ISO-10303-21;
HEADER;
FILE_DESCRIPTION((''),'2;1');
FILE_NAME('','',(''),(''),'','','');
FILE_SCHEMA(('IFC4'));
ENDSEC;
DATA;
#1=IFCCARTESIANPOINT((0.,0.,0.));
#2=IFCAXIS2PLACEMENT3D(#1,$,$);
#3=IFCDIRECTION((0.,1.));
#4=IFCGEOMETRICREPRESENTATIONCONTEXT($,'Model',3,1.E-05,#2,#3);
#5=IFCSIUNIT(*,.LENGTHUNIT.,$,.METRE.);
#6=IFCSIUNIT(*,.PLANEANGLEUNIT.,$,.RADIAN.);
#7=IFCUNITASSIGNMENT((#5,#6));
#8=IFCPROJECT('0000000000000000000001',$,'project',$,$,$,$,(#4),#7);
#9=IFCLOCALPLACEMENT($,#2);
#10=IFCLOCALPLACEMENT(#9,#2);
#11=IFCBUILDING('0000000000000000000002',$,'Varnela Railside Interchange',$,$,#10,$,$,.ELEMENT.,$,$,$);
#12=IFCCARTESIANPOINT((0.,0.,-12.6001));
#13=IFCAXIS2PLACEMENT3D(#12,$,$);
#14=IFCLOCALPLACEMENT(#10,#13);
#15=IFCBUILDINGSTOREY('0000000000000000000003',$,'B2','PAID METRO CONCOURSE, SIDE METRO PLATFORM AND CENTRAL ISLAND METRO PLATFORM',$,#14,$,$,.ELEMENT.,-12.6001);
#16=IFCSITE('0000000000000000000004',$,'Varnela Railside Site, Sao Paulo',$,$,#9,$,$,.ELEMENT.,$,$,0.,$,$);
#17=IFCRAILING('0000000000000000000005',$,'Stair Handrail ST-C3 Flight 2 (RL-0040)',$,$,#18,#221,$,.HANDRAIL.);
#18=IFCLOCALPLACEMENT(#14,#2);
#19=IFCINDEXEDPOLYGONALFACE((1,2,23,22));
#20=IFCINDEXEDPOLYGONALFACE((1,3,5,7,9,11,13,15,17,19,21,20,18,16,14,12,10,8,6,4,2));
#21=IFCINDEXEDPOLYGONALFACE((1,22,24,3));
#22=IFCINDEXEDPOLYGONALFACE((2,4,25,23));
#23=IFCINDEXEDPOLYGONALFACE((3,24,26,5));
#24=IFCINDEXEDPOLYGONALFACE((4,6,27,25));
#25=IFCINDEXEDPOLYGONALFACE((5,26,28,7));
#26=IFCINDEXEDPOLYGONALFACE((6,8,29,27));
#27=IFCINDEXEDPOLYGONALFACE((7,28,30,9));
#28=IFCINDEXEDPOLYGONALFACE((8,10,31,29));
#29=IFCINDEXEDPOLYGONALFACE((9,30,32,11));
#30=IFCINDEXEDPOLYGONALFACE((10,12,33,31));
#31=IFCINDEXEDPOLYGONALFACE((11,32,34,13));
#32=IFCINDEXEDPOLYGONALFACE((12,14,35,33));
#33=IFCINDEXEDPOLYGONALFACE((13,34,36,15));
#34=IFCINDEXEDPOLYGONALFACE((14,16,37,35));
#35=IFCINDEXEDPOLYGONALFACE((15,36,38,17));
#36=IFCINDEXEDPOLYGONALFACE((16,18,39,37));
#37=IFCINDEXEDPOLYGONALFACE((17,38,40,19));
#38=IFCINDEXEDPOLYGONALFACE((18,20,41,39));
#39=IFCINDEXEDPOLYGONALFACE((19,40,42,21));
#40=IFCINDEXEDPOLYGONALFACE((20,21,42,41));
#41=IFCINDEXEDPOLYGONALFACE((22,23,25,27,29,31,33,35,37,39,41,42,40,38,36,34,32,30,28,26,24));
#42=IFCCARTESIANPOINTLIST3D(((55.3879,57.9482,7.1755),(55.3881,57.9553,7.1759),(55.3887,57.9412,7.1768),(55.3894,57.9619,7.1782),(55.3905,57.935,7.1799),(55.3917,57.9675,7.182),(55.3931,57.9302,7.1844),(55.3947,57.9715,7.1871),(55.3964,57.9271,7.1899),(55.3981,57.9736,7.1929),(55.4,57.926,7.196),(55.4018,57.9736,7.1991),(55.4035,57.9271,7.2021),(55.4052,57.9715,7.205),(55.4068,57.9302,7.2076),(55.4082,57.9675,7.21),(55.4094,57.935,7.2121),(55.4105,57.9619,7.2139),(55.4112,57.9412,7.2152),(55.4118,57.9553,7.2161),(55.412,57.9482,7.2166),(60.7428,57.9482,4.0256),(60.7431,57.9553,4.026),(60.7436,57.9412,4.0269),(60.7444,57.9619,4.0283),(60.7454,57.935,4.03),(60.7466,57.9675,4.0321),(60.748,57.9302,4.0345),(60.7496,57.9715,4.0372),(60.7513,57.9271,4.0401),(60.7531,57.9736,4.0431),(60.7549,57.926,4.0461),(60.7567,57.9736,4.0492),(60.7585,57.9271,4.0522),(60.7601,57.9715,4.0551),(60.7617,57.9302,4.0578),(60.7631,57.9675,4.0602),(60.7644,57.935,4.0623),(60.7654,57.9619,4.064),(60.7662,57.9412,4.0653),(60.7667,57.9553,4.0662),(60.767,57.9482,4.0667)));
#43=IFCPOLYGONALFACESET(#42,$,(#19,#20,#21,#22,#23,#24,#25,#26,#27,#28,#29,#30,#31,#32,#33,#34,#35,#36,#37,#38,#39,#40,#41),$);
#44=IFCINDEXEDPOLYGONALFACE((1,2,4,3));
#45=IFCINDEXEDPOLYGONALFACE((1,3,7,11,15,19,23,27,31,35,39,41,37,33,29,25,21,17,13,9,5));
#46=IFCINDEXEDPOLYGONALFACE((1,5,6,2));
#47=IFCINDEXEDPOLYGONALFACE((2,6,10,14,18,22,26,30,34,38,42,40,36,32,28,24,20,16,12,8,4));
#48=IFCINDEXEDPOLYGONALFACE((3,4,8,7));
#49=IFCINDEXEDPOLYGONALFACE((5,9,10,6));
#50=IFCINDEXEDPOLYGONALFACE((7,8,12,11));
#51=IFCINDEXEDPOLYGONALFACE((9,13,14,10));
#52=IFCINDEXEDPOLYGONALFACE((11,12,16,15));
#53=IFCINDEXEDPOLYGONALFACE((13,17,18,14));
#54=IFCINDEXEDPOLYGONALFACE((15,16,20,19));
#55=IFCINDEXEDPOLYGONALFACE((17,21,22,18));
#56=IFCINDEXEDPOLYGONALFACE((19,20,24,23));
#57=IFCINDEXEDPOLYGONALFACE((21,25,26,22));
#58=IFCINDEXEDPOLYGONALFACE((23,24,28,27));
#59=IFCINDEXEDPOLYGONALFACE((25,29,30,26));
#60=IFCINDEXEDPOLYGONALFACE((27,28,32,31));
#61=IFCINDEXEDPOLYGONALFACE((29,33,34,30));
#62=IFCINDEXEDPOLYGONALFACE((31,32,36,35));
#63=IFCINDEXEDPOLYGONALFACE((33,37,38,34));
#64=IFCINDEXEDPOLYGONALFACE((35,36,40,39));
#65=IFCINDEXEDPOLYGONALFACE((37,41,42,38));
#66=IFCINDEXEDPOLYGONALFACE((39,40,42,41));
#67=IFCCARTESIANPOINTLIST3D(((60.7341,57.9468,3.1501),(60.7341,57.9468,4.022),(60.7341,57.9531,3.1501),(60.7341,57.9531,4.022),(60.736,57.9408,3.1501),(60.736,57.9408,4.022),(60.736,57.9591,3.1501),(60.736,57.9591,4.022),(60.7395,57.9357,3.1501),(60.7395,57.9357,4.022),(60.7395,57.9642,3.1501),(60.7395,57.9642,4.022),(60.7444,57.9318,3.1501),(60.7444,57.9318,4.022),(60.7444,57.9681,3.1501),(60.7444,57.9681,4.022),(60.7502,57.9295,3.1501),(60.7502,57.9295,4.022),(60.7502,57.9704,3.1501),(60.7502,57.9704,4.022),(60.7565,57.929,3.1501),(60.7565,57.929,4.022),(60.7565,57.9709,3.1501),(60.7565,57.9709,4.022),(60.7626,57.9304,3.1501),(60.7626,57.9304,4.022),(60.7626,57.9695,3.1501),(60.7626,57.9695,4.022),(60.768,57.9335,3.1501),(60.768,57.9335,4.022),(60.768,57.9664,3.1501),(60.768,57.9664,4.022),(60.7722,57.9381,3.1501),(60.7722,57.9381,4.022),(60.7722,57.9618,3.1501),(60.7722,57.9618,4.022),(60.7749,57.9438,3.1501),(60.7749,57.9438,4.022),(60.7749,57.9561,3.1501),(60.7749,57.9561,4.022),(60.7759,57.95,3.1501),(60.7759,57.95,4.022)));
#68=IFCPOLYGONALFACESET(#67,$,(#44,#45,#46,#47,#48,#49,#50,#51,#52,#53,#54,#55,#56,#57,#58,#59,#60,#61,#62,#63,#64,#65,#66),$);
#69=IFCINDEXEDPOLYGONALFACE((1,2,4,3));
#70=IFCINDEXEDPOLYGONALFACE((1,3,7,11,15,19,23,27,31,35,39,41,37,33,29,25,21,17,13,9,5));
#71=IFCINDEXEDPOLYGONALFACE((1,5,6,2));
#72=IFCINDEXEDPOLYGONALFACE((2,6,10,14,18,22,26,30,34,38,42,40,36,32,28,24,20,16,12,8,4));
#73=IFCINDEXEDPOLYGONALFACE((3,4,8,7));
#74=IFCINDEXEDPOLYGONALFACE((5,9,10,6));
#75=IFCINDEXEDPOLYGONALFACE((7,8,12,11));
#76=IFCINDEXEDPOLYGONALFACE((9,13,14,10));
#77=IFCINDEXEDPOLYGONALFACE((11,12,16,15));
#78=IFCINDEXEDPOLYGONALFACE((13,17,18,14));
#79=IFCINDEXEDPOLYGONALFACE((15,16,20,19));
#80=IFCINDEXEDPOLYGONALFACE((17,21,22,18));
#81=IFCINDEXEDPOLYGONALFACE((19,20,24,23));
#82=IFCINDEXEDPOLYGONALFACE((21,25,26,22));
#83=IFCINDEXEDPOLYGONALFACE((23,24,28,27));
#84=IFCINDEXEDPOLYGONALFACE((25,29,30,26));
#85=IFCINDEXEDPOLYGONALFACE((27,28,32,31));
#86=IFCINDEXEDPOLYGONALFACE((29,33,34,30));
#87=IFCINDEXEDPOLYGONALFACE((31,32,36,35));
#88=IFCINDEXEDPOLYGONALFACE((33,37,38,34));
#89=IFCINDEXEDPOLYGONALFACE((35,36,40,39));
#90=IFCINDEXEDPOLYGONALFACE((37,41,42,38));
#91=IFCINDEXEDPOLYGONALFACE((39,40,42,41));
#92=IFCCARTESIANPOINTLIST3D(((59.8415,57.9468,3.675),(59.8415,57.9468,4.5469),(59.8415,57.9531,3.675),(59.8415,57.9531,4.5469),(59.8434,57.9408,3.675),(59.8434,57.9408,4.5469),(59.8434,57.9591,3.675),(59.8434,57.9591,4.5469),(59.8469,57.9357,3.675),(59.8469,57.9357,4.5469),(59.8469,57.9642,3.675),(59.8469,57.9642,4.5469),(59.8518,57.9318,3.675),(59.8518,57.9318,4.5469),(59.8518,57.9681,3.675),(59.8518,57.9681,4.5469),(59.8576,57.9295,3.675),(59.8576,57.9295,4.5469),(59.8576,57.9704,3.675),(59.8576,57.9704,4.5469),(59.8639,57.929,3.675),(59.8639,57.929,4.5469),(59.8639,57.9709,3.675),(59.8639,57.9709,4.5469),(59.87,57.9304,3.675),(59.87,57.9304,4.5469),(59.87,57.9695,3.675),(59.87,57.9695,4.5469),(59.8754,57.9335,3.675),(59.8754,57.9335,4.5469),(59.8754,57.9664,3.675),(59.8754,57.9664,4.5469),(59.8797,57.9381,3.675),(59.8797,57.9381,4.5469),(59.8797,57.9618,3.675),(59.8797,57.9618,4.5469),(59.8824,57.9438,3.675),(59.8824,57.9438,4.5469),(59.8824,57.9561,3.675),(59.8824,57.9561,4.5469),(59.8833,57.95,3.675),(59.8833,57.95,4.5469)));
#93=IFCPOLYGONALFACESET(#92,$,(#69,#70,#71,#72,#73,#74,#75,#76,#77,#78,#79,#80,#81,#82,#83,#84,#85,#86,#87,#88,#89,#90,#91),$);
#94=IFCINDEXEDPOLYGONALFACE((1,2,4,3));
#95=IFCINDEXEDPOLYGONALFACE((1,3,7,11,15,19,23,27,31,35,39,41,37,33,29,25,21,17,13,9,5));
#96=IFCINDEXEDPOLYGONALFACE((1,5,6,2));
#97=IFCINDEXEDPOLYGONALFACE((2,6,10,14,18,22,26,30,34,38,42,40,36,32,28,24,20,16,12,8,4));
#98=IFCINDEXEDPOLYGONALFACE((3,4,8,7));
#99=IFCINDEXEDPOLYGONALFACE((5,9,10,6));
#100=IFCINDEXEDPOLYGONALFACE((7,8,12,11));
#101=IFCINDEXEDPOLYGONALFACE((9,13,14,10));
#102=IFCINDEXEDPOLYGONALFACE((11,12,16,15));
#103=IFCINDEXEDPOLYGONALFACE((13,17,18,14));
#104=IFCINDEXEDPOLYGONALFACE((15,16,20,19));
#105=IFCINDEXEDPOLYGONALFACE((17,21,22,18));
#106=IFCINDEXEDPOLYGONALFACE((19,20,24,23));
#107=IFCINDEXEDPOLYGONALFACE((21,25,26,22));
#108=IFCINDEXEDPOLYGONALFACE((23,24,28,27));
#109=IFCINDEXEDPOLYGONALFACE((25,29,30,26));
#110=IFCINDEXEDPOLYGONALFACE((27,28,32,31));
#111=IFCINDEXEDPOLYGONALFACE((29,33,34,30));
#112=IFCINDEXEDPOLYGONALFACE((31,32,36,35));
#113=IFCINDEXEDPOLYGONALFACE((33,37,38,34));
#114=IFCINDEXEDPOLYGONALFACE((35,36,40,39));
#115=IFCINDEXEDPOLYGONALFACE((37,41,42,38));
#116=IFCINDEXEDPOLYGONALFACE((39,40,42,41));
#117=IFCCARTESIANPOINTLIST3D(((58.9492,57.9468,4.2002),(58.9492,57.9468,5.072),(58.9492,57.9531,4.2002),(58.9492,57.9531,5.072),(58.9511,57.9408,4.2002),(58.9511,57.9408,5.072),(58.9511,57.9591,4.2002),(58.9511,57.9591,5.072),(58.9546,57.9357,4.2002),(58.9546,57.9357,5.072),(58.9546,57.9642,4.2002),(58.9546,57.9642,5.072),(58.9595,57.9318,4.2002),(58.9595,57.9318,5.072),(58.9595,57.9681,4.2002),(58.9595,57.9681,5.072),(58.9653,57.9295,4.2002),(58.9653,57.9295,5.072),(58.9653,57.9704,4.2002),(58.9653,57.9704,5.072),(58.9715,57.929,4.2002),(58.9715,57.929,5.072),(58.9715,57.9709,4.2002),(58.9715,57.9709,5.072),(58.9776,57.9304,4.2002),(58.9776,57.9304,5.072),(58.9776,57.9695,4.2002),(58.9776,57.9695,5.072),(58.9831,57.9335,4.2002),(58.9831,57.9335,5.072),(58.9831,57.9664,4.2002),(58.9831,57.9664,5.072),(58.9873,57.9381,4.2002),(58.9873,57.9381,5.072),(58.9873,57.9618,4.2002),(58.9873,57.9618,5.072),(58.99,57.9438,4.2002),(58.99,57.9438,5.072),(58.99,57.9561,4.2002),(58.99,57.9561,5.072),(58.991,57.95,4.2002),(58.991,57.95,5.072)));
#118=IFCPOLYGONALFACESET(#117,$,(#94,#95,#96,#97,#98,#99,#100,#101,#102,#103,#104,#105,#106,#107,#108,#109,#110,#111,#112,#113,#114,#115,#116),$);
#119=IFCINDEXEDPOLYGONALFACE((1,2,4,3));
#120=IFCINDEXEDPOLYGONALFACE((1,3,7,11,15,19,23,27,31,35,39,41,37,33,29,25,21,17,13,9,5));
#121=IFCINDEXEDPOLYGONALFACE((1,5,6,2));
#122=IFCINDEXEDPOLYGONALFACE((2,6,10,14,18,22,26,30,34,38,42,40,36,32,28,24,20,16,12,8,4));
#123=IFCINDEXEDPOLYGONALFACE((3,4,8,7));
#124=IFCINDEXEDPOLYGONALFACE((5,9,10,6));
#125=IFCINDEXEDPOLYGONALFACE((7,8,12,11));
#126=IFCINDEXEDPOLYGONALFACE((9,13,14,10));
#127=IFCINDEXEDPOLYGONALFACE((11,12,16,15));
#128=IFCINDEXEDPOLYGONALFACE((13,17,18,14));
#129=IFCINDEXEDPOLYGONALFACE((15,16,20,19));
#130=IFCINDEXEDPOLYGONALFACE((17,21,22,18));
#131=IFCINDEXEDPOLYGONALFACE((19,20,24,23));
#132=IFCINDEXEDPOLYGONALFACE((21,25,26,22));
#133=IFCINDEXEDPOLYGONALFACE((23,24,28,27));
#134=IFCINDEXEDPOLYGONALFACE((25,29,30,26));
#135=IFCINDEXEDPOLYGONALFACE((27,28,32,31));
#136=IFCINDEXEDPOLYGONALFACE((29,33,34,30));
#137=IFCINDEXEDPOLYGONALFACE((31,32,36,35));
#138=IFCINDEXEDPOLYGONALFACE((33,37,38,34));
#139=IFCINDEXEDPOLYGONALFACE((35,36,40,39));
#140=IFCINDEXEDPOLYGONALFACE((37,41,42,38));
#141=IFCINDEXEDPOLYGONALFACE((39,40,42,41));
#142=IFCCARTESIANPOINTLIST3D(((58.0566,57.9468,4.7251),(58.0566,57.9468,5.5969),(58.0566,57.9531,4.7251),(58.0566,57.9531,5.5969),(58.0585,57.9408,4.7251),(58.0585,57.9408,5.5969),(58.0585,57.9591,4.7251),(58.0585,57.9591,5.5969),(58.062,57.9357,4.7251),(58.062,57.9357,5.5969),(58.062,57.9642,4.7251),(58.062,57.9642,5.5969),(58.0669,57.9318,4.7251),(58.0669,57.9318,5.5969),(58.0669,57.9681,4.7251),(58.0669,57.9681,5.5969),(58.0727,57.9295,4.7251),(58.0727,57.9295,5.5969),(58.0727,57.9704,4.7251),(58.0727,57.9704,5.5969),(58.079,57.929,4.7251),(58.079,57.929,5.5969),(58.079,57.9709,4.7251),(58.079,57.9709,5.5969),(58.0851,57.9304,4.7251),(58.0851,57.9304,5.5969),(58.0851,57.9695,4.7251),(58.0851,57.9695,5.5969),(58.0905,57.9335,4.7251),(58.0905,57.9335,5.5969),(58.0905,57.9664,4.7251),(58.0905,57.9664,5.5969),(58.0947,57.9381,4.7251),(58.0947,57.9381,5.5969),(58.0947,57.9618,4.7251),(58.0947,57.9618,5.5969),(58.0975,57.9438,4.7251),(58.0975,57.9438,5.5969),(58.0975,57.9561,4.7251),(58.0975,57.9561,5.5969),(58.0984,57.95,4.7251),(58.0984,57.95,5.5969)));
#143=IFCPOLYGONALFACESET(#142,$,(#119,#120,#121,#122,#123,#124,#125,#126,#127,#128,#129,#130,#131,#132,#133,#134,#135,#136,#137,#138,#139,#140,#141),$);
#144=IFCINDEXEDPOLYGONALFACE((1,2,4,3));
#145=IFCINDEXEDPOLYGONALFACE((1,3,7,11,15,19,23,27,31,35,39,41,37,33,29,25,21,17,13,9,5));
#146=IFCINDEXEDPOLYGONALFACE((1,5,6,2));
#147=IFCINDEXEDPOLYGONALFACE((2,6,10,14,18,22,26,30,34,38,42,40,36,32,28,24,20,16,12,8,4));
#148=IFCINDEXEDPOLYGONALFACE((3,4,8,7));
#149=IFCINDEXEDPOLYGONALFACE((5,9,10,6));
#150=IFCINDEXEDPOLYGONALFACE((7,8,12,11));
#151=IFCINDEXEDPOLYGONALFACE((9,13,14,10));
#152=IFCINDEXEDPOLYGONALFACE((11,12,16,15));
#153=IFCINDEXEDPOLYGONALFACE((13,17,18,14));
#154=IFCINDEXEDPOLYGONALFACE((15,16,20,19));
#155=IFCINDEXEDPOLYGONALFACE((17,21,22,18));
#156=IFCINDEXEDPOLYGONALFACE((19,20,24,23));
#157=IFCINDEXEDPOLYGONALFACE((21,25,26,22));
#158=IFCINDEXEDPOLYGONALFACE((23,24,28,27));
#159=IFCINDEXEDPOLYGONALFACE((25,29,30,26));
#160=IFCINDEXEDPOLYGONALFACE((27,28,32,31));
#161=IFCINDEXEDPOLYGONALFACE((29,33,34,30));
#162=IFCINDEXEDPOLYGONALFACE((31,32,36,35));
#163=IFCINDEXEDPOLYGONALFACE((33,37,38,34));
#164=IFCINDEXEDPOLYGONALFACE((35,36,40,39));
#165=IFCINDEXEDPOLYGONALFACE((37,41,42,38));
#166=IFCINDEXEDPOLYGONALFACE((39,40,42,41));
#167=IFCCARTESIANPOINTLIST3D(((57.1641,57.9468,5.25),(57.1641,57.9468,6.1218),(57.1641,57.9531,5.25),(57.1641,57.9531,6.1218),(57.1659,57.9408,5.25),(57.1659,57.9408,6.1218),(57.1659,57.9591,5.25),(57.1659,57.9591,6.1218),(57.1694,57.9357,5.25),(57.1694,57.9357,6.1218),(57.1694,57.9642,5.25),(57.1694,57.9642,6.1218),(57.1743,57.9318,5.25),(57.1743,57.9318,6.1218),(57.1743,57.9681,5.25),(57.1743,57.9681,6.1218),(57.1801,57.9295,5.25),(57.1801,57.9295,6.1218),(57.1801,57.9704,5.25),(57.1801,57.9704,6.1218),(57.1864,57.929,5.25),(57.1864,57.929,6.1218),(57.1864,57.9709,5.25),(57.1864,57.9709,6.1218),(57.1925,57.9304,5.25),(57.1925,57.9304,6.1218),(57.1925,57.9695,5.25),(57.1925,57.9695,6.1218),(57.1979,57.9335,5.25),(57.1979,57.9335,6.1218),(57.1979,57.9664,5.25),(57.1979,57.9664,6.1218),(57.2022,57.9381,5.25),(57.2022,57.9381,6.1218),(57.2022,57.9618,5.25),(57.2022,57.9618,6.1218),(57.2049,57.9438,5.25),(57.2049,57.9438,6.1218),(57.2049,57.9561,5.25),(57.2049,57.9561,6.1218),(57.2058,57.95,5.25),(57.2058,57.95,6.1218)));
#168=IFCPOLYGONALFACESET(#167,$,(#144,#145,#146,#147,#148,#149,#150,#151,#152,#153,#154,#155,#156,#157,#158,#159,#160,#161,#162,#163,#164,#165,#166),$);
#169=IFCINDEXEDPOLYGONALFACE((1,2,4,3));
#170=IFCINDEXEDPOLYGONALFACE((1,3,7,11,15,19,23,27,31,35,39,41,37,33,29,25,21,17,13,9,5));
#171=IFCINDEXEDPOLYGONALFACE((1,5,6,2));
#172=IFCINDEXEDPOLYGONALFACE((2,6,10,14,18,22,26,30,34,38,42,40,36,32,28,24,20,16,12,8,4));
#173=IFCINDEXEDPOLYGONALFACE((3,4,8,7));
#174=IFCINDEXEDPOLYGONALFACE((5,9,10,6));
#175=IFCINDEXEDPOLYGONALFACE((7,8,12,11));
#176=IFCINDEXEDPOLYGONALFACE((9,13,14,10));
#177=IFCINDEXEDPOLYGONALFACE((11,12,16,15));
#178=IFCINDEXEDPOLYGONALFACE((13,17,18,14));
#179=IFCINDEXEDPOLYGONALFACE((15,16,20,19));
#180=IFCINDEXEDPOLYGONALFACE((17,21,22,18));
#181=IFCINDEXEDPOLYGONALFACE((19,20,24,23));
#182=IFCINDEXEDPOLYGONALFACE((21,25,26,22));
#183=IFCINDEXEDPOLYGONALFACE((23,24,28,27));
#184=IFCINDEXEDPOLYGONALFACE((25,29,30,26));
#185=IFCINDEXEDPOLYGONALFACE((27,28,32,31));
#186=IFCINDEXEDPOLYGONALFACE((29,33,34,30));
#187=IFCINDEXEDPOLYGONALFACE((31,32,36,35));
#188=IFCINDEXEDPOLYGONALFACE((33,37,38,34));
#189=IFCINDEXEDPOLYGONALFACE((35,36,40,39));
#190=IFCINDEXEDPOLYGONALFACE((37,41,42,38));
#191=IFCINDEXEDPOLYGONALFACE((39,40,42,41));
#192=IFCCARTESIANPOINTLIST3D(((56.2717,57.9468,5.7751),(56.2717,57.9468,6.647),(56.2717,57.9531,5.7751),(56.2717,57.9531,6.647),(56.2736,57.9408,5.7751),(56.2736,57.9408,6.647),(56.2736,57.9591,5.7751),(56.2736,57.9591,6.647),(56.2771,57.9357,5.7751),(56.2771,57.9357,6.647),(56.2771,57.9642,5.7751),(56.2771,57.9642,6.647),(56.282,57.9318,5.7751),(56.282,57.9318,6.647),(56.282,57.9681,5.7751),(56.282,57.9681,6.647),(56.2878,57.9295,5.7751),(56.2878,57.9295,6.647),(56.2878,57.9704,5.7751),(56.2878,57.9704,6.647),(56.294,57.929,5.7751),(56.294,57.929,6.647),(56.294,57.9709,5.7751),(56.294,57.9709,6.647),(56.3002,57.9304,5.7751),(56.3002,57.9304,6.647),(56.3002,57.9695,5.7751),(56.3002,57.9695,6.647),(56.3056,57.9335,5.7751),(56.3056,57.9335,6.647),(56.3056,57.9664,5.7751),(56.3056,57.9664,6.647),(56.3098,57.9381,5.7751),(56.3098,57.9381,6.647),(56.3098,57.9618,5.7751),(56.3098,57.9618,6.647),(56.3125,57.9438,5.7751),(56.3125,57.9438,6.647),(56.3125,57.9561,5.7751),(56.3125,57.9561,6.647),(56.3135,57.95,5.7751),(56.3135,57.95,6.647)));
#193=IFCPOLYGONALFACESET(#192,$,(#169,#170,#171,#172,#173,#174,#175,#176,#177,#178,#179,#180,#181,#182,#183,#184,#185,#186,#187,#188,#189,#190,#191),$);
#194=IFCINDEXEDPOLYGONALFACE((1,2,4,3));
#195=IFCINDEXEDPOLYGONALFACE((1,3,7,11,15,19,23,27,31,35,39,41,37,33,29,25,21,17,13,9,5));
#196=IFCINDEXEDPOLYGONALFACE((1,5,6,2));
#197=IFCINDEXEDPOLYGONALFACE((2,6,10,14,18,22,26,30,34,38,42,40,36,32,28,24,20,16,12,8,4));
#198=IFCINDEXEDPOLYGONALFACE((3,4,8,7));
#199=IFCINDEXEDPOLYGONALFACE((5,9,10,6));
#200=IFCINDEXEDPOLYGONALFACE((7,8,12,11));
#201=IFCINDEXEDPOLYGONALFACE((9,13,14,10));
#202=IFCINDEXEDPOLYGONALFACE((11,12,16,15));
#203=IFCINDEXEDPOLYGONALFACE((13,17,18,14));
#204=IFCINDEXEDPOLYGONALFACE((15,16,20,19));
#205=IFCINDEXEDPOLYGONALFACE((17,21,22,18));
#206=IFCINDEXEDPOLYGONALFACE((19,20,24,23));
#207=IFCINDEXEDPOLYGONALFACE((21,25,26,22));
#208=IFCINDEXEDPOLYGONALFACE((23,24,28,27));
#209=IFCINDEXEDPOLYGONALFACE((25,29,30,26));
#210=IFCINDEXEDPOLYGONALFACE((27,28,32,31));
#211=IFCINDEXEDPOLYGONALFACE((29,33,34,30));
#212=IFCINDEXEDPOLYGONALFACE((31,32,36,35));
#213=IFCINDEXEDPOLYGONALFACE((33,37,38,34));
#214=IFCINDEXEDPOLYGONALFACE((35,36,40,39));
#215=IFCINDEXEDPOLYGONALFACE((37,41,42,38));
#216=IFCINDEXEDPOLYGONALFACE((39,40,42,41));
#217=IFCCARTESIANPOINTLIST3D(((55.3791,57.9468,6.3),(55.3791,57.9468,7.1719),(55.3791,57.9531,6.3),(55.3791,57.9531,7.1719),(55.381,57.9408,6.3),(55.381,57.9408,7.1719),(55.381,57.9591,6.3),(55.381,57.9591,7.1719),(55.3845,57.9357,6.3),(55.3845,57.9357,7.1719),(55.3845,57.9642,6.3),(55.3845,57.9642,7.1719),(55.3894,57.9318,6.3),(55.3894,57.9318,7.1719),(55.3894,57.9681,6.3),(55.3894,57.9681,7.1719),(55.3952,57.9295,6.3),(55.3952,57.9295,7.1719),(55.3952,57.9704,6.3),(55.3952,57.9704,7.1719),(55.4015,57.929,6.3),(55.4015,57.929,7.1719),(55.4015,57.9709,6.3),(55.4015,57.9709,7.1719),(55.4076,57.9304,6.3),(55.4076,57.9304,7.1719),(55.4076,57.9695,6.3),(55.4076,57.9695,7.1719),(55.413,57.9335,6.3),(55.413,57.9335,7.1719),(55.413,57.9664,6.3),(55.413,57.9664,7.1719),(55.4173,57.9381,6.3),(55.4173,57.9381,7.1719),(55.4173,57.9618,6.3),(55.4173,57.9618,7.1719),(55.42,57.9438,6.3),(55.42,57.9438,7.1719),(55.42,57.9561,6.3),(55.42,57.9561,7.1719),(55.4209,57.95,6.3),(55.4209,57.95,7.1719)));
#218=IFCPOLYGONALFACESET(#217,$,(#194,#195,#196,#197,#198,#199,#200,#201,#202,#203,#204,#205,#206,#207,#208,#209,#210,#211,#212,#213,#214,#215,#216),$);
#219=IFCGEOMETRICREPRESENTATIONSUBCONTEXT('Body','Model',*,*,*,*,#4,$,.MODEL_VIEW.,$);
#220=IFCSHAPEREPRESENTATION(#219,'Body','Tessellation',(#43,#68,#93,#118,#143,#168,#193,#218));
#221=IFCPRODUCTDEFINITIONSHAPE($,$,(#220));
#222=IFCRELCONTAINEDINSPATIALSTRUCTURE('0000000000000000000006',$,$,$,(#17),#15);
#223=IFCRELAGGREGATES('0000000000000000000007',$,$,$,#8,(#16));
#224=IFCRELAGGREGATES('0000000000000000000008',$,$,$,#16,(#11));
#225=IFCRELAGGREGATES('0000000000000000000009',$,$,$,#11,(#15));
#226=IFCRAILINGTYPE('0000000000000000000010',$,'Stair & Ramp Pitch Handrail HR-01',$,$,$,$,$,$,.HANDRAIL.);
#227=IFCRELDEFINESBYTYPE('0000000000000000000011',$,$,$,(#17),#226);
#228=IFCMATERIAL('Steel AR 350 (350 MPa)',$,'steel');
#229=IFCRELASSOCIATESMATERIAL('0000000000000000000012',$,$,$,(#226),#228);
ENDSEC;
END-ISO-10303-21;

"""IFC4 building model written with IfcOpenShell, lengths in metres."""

from ifc_helpers import new_model, si_unit, direction, frame, origin, origin_2d, place, context, subcontext, project, spatial, circle, extrude, material, type_object, element, save


model = new_model("IFC4")

# Units and contexts
model_context = context("Model", 3, precision=1e-05, world=origin(), true_north=direction((0.0, 1.0)))
body_context = subcontext(model_context, "Body", "Model", "MODEL_VIEW")
ifc_project = project(units=[si_unit("LENGTHUNIT", "METRE"), si_unit("PLANEANGLEUNIT", "RADIAN")], contexts=[model_context])

# Site, building, storey
site_placement = place(None, origin())
site = spatial("IfcSite", under=ifc_project, at=site_placement, Name="Varnela Railside Site, Sao Paulo", CompositionType="ELEMENT", RefElevation=0.0)
building_placement = place(site_placement, origin())
building = spatial("IfcBuilding", under=site, at=building_placement, Name="Varnela Railside Interchange", CompositionType="ELEMENT")
storey_placement = place(building_placement, frame((0.0, 0.0, -12.6001)))
storey = spatial("IfcBuildingStorey", under=building, at=storey_placement, Name="B2", Description="PAID METRO CONCOURSE, SIDE METRO PLATFORM AND CENTRAL ISLAND METRO PLATFORM", CompositionType="ELEMENT", Elevation=-12.6001)

# Shared definitions
ifc_material_1 = material(Name="Steel AR 350 (350 MPa)", Category="steel")

# Railing
railing_type_1 = type_object("IfcRailingType", Name="Stair & Ramp Pitch Handrail HR-01", PredefinedType="HANDRAIL", material=ifc_material_1)
railing_1_placement = place(storey_placement, frame((60.7549, 57.95, 3.1501)))
element("IfcRailing", 1, at=railing_1_placement, inside=storey, type_object=railing_type_1, Name="Stair Handrail ST-C3 Flight 2 (RL-0040)", PredefinedType="HANDRAIL", context=body_context, shape_type="SweptSolid", body=[
    extrude(circle(Radius=0.0239, at=origin_2d()), frame((0.0, 0.0, 0.896), z_axis=(-0.86194, 0.0, 0.50701), x_axis=(0.0, -1.0, 0.0)), (0.0, 0.0, 1.0), 6.2126),
    extrude(circle(Radius=0.021, at=origin_2d()), origin(), (0.0, 0.0, 1.0), 0.8718),
    extrude(circle(Radius=0.021, at=origin_2d()), frame((-0.8926, 0.0, 0.5249)), (0.0, 0.0, 1.0), 0.8718),
    extrude(circle(Radius=0.021, at=origin_2d()), frame((-1.7849, 0.0, 1.05)), (0.0, 0.0, 1.0), 0.8718),
    extrude(circle(Radius=0.021, at=origin_2d()), frame((-2.6775, 0.0, 1.575)), (0.0, 0.0, 1.0), 0.8718),
    extrude(circle(Radius=0.021, at=origin_2d()), frame((-3.5701, 0.0, 2.0999)), (0.0, 0.0, 1.0), 0.8718),
    extrude(circle(Radius=0.021, at=origin_2d()), frame((-4.4624, 0.0, 2.625)), (0.0, 0.0, 1.0), 0.8718),
    extrude(circle(Radius=0.021, at=origin_2d()), frame((-5.355, 0.0, 3.1499)), (0.0, 0.0, 1.0), 0.8718),
])

save(model, "model.ifc")
